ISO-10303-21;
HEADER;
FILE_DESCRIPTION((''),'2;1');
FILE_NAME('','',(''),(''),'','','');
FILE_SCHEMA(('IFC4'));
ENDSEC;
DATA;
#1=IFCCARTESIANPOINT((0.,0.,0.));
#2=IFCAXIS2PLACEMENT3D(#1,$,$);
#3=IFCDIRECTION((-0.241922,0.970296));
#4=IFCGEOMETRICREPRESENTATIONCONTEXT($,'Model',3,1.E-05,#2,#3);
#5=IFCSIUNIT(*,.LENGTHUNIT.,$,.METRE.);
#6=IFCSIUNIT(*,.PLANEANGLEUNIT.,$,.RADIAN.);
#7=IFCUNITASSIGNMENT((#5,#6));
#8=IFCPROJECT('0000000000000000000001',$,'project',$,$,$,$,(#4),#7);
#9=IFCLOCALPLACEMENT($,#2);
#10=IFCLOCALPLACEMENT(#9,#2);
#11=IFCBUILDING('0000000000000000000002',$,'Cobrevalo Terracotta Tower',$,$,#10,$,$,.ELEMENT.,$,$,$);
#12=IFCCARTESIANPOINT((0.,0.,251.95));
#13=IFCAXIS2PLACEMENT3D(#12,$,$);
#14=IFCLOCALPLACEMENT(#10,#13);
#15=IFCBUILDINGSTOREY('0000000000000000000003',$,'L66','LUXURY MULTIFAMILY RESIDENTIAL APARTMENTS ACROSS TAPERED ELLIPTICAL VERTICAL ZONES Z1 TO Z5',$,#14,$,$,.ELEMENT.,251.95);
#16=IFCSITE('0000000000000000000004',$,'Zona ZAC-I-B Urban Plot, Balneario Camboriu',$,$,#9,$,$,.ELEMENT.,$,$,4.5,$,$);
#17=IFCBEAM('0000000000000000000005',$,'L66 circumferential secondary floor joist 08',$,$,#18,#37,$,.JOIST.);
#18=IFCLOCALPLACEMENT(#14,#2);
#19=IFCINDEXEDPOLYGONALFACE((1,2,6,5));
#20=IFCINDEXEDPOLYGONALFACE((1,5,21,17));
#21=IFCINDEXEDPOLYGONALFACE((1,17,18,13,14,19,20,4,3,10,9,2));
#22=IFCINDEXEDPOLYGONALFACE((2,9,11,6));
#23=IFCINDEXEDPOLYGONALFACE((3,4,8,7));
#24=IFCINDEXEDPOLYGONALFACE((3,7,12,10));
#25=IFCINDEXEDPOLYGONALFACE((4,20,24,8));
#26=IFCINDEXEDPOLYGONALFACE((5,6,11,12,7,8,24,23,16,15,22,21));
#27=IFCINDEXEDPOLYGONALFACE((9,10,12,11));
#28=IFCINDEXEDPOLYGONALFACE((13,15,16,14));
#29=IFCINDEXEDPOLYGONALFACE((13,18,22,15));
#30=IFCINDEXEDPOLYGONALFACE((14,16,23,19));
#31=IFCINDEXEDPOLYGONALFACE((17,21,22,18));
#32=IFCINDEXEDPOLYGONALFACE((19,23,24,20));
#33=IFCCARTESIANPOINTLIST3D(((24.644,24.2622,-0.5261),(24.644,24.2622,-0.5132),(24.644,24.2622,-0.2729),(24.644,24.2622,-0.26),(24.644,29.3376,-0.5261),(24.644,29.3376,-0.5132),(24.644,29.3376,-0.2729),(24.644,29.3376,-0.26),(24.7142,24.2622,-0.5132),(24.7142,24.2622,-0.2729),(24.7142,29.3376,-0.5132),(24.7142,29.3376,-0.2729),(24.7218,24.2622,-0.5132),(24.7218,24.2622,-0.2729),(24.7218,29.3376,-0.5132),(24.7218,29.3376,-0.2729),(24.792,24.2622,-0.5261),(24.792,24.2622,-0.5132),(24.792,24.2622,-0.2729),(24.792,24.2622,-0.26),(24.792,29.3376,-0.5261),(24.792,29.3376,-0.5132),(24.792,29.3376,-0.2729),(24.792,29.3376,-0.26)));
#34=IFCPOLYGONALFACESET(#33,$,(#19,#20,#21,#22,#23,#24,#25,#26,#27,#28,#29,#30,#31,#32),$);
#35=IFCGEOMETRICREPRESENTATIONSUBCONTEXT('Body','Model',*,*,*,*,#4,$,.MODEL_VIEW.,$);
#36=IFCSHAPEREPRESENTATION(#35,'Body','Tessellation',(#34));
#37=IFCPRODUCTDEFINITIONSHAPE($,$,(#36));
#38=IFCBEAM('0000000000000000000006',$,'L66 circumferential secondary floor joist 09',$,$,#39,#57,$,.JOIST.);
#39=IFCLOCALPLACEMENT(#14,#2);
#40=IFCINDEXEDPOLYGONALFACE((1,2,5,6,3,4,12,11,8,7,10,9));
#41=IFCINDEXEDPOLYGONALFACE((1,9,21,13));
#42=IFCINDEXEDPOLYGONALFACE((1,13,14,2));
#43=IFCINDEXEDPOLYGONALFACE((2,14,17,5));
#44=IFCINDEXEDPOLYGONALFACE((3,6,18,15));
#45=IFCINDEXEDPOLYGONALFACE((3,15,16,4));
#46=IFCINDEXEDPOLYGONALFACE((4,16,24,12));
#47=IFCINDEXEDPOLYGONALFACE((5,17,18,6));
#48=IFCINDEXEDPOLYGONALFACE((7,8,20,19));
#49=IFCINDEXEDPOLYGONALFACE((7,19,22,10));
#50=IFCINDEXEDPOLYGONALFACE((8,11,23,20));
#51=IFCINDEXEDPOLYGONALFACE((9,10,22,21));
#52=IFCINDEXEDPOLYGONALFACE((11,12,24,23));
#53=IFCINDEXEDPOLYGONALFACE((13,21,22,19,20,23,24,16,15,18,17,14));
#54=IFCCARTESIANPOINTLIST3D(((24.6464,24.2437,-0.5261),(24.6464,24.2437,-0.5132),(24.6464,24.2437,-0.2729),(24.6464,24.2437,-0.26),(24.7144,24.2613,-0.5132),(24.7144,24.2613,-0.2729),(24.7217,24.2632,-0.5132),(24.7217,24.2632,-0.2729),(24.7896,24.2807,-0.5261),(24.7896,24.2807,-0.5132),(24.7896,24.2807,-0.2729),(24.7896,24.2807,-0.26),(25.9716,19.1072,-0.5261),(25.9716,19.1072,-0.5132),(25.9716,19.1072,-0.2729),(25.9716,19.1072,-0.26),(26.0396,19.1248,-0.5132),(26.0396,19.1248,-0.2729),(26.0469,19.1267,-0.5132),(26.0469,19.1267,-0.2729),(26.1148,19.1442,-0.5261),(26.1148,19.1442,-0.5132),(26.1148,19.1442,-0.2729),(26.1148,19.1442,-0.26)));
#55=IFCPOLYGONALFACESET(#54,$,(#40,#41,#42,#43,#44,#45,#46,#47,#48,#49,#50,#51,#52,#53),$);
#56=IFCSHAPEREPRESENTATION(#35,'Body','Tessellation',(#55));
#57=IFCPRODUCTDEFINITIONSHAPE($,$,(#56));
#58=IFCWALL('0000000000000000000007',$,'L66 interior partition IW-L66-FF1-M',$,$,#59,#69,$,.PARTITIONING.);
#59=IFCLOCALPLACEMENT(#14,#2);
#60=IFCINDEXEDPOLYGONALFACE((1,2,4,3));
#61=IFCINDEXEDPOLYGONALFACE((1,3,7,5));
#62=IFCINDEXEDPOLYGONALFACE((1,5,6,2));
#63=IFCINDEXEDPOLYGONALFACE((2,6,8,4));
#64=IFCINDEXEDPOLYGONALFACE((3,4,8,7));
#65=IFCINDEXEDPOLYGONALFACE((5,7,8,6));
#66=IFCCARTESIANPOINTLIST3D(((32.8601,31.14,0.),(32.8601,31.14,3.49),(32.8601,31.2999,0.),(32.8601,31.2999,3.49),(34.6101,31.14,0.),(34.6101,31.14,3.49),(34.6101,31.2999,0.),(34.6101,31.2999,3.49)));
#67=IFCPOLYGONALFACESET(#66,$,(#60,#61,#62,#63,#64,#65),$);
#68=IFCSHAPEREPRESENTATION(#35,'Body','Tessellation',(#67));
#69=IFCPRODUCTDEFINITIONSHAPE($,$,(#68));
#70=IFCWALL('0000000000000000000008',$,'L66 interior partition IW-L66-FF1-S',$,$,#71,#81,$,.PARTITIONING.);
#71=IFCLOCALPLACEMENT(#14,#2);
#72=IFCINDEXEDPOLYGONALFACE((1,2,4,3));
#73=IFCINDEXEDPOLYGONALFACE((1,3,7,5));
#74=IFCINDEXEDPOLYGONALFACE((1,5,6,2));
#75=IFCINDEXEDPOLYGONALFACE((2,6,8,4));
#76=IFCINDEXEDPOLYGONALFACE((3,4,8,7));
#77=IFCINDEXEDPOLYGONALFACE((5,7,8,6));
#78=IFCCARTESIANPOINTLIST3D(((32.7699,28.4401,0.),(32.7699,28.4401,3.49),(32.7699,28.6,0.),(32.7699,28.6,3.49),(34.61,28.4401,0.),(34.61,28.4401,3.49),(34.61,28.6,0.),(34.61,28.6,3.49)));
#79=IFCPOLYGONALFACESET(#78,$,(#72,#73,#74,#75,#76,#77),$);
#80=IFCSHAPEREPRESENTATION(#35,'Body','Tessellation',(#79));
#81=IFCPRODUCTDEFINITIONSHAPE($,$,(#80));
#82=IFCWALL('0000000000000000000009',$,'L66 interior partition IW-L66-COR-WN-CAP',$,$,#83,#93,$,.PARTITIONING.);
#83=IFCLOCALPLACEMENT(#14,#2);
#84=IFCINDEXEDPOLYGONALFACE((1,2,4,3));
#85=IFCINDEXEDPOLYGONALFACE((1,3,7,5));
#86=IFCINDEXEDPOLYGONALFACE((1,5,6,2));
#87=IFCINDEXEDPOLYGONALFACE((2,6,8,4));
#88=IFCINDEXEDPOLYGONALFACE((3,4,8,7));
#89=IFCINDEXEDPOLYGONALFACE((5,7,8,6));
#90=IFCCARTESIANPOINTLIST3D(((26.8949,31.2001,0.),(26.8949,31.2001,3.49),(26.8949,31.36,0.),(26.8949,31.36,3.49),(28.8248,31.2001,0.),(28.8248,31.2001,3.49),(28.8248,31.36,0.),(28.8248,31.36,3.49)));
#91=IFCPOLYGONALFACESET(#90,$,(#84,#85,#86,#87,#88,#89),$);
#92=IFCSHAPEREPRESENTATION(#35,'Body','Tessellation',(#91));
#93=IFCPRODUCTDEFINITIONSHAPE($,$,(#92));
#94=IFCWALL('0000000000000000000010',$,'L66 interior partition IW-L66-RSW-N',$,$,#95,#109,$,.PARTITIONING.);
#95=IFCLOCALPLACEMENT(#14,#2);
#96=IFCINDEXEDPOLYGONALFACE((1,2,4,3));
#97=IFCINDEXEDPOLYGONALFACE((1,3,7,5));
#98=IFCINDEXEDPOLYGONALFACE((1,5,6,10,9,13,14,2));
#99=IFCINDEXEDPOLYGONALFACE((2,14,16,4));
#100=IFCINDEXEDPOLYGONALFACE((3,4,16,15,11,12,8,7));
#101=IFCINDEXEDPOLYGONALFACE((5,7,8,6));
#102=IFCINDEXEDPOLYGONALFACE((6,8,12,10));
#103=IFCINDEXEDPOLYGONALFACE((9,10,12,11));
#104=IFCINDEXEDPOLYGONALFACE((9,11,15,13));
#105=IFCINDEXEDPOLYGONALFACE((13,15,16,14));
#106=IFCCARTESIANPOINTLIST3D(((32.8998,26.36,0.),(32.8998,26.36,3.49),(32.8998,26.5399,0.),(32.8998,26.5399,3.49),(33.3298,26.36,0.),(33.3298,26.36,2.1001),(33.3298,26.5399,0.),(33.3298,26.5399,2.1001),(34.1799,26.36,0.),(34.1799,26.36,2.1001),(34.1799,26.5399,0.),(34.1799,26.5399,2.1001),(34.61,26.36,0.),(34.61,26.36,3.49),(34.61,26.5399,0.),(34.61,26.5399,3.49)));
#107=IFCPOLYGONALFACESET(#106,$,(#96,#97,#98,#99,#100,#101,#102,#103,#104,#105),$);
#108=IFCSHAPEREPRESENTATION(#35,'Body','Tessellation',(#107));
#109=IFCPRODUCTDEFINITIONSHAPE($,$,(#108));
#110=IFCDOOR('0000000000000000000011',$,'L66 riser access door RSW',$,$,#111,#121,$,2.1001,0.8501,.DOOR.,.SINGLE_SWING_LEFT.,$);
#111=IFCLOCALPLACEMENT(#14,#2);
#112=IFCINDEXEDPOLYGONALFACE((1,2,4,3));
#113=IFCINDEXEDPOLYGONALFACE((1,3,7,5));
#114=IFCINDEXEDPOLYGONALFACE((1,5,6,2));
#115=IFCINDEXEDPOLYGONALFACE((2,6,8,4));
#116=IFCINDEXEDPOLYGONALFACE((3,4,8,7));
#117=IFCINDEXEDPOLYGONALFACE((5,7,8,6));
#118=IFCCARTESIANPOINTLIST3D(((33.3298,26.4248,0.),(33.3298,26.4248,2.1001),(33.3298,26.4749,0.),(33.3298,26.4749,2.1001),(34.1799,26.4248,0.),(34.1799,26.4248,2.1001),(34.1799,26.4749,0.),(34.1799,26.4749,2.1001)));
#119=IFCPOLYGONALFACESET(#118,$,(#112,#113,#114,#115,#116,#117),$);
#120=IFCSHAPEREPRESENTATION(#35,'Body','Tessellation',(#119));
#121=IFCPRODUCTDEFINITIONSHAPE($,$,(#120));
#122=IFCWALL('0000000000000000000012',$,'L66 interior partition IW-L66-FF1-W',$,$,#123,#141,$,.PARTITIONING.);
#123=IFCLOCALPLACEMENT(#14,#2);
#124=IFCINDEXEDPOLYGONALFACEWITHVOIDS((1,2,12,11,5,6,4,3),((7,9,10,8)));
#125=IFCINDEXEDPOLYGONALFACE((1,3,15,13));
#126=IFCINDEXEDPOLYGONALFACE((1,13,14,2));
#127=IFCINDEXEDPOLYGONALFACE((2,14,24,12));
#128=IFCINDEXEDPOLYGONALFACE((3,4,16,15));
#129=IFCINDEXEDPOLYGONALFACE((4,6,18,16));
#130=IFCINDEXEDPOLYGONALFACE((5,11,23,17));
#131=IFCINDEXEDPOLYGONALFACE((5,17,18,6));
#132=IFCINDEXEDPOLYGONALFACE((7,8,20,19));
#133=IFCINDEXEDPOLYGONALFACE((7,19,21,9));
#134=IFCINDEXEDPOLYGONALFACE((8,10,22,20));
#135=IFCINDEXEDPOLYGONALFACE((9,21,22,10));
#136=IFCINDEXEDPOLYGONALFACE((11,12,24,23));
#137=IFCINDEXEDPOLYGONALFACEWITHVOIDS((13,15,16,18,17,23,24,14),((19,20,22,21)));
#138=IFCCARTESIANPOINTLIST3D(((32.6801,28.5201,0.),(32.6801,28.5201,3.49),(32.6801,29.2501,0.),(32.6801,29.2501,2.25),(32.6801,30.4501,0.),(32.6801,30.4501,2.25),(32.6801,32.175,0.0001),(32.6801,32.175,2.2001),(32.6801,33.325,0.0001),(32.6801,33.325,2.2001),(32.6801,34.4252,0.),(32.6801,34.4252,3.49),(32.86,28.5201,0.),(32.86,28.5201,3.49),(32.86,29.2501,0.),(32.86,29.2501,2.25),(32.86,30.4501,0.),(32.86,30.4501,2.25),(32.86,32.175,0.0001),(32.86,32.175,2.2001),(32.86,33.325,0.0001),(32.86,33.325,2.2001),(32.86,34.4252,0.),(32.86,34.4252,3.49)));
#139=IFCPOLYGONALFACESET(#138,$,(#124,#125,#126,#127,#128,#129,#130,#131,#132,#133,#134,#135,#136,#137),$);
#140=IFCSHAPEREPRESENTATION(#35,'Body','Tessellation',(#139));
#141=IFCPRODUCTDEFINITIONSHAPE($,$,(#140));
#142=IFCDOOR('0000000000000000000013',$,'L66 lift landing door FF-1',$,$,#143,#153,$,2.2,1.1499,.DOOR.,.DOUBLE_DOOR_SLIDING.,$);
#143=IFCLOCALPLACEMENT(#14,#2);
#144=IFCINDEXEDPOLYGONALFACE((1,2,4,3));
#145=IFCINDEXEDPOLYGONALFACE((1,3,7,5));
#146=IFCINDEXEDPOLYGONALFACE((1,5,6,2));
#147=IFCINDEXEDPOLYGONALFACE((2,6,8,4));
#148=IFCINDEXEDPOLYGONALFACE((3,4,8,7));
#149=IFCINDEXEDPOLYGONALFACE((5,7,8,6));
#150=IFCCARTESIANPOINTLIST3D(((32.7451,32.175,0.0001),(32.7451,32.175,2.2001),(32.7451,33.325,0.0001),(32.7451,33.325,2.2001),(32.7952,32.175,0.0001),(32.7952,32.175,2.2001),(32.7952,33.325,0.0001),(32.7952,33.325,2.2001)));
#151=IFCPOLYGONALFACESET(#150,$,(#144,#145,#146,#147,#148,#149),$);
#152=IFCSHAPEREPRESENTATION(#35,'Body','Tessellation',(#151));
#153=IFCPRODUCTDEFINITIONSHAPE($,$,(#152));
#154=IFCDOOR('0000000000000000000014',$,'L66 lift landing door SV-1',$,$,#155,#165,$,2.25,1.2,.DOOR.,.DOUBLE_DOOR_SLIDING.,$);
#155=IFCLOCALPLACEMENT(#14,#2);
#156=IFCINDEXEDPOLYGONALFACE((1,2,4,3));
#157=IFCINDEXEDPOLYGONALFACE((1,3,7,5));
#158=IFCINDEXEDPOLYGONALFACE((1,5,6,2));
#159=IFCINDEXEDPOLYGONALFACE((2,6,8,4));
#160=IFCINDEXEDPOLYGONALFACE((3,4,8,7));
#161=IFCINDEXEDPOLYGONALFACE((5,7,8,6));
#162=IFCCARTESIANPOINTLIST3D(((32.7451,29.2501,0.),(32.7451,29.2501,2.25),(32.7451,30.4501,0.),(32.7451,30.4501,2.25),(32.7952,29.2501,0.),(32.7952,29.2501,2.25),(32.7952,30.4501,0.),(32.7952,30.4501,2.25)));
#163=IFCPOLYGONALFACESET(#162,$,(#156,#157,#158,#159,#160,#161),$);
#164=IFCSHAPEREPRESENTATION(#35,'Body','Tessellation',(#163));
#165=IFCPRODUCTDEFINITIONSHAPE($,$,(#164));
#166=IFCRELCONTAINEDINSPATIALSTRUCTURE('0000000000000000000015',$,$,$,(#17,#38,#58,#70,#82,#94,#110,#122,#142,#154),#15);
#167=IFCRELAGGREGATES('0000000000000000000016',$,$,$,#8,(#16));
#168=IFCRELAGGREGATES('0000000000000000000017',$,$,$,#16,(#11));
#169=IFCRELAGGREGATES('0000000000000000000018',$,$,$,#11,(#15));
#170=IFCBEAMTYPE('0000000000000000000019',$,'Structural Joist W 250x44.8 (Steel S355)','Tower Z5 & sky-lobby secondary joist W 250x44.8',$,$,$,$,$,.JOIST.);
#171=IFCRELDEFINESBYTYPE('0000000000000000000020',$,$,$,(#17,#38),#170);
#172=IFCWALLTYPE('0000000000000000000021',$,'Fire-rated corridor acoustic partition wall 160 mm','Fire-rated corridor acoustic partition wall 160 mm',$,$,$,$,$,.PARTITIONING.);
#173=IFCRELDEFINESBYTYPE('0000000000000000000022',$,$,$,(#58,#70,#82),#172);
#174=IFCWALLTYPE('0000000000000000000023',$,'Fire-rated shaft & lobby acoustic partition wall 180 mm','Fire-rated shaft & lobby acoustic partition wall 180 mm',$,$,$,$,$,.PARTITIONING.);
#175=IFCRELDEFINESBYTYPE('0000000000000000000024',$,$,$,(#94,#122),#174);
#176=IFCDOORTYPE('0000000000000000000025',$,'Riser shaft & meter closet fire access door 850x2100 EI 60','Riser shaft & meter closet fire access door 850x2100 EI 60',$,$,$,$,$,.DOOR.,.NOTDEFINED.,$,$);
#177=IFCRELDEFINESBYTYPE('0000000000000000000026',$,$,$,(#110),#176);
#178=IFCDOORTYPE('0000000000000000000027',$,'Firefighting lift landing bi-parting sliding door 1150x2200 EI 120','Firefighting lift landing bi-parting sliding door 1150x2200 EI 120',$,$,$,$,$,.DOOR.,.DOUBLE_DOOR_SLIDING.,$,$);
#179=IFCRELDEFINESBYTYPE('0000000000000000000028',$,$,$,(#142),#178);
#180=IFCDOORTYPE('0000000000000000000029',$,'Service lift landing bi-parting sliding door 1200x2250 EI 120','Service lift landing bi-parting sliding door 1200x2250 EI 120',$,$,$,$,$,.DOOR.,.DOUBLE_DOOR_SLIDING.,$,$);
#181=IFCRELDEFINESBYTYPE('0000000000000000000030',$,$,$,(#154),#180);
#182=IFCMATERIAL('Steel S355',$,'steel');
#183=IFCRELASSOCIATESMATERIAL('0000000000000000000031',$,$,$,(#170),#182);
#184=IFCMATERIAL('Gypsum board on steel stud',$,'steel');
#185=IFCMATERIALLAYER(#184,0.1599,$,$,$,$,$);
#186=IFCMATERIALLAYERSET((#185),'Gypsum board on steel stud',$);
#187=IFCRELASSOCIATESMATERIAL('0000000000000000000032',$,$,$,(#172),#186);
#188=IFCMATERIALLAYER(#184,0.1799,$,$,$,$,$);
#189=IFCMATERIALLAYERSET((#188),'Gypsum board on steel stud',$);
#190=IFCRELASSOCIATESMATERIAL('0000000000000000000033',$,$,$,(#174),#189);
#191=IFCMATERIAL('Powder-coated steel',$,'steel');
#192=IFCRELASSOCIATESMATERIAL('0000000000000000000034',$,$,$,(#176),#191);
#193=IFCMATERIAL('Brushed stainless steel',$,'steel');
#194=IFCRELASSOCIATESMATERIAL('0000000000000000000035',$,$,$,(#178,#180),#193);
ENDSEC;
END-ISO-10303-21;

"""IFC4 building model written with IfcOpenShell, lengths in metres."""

from ifc_helpers import new_model, si_unit, direction, frame, frame_2d, origin, origin_2d, place, context, subcontext, project, spatial, rectangle, i_section, extrude, source, transform, mapped, material, layer, layer_set, material_profile, profile_set, type_object, element, fill, save


model = new_model("IFC4")

# Units and contexts
model_context = context("Model", 3, precision=1e-05, world=origin(), true_north=direction((-0.241922, 0.970296)))
body_context = subcontext(model_context, "Body", "Model", "MODEL_VIEW")
ifc_project = project(units=[si_unit("LENGTHUNIT", "METRE"), si_unit("PLANEANGLEUNIT", "RADIAN")], contexts=[model_context])

# Site, building, storey
site_placement = place(None, origin())
site = spatial("IfcSite", under=ifc_project, at=site_placement, Name="Zona ZAC-I-B Urban Plot, Balneario Camboriu", CompositionType="ELEMENT", RefElevation=4.5)
building_placement = place(site_placement, origin())
building = spatial("IfcBuilding", under=site, at=building_placement, Name="Cobrevalo Terracotta Tower", CompositionType="ELEMENT")
storey_placement = place(building_placement, frame((0.0, 0.0, 251.95)))
storey = spatial("IfcBuildingStorey", under=building, at=storey_placement, Name="L66", Description="LUXURY MULTIFAMILY RESIDENTIAL APARTMENTS ACROSS TAPERED ELLIPTICAL VERTICAL ZONES Z1 TO Z5", CompositionType="ELEMENT", Elevation=251.95)

# Beams
ifc_material_1 = material(Name="Steel S355", Category="steel")
ifc_material_profile = material_profile(ifc_material_1, i_section(OverallWidth=0.1479, OverallDepth=0.2661, WebThickness=0.0076, FlangeThickness=0.0129, at=origin_2d()), Name="W 250x44.8")
ifc_profile_set = profile_set([ifc_material_profile], Name="Steel S355")
beam_type = type_object("IfcBeamType", Name="Structural Joist W 250x44.8 (Steel S355)", Description="Tower Z5 & sky-lobby secondary joist W 250x44.8", PredefinedType="JOIST", material=ifc_profile_set)
beam_1_placement = place(storey_placement, frame((24.718, 29.3376, -0.3931), z_axis=(0.0, -1.0, 0.0), x_axis=(1.0, 0.0, 0.0)))
element("IfcBeam", 1, at=beam_1_placement, inside=storey, type_object=beam_type, Name="L66 circumferential secondary floor joist 08", PredefinedType="JOIST", context=body_context, shape_type="SweptSolid", body=[
    extrude(i_section(OverallWidth=0.1479, OverallDepth=0.2661, WebThickness=0.0076, FlangeThickness=0.0129, at=origin_2d()), origin(), (0.0, 0.0, 1.0), 5.0754),
])
beam_2_placement = place(storey_placement, frame((24.718, 24.2622, -0.3931), z_axis=(0.249817, -0.968293, 0.0), x_axis=(0.968293, 0.249817, 0.0)))
element("IfcBeam", 2, at=beam_2_placement, inside=storey, type_object=beam_type, Name="L66 circumferential secondary floor joist 09", PredefinedType="JOIST", context=body_context, shape_type="SweptSolid", body=[
    extrude(i_section(OverallWidth=0.1479, OverallDepth=0.2661, WebThickness=0.0076, FlangeThickness=0.0129, at=origin_2d()), origin(), (0.0, 0.0, 1.0), 5.3047),
])

# Walls
ifc_material_2 = material(Name="Gypsum board on steel stud", Category="steel")
ifc_layer_1 = layer(ifc_material_2, 0.1599)
ifc_layer_set_1 = layer_set([ifc_layer_1], Name="Gypsum board on steel stud")
wall_type_1 = type_object("IfcWallType", Name="Fire-rated corridor acoustic partition wall 160 mm", Description="Fire-rated corridor acoustic partition wall 160 mm", PredefinedType="PARTITIONING", material=ifc_layer_set_1)
wall_1_placement = place(storey_placement, frame((32.8601, 31.22, 0.0), z_axis=(0.0, 0.0, 1.0), x_axis=(1.0, 0.0, 0.0)))
element("IfcWall", 3, at=wall_1_placement, inside=storey, type_object=wall_type_1, Name="L66 interior partition IW-L66-FF1-M", PredefinedType="PARTITIONING", context=body_context, shape_type="SweptSolid", body=[
    extrude(rectangle(XDim=1.75, YDim=0.1599, at=frame_2d((0.875, 0.0))), origin(), (0.0, 0.0, 1.0), 3.49),
])
wall_2_placement = place(storey_placement, frame((32.77, 28.52, 0.0), z_axis=(0.0, 0.0, 1.0), x_axis=(1.0, 0.0, 0.0)))
element("IfcWall", 4, at=wall_2_placement, inside=storey, type_object=wall_type_1, Name="L66 interior partition IW-L66-FF1-S", PredefinedType="PARTITIONING", context=body_context, shape_type="SweptSolid", body=[
    extrude(rectangle(XDim=1.8401, YDim=0.1599, at=frame_2d((0.9199, 0.0))), origin(), (0.0, 0.0, 1.0), 3.49),
])
wall_3_placement = place(storey_placement, frame((26.895, 31.28, 0.0), z_axis=(0.0, 0.0, 1.0), x_axis=(1.0, 0.0, 0.0)))
element("IfcWall", 5, at=wall_3_placement, inside=storey, type_object=wall_type_1, Name="L66 interior partition IW-L66-COR-WN-CAP", PredefinedType="PARTITIONING", context=body_context, shape_type="SweptSolid", body=[
    extrude(rectangle(XDim=1.9299, YDim=0.1599, at=frame_2d((0.9648, 0.0))), origin(), (0.0, 0.0, 1.0), 3.49),
])

# Wall, opening, door
ifc_layer_2 = layer(ifc_material_2, 0.1799)
ifc_layer_set_2 = layer_set([ifc_layer_2], Name="Gypsum board on steel stud")
wall_type_2 = type_object("IfcWallType", Name="Fire-rated shaft & lobby acoustic partition wall 180 mm", Description="Fire-rated shaft & lobby acoustic partition wall 180 mm", PredefinedType="PARTITIONING", material=ifc_layer_set_2)
wall_4_placement = place(storey_placement, frame((32.8999, 26.45, 0.0), z_axis=(0.0, 0.0, 1.0), x_axis=(1.0, 0.0, 0.0)))
wall_4 = element("IfcWall", 6, at=wall_4_placement, inside=storey, type_object=wall_type_2, Name="L66 interior partition IW-L66-RSW-N", PredefinedType="PARTITIONING", context=body_context, shape_type="SweptSolid", body=[
    extrude(rectangle(XDim=1.7102, YDim=0.1799, at=frame_2d((0.855, 0.0))), origin(), (0.0, 0.0, 1.0), 3.49),
])
opening_1_placement = place(wall_4_placement, frame((0.4299, 0.0, 0.0)))
opening_1 = element("IfcOpeningElement", 7, at=opening_1_placement, cuts=wall_4, PredefinedType="OPENING", context=body_context, shape_type="SweptSolid", body=[
    extrude(rectangle(XDim=0.8501, YDim=2.1001, at=frame_2d((0.425, 1.05))), frame((0.0, 0.1001, 0.0), z_axis=(0.0, -1.0, 0.0), x_axis=(1.0, 0.0, 0.0)), (0.0, 0.0, 1.0), 0.2),
])
ifc_material_3 = material(Name="Powder-coated steel", Category="steel")
door_type_1 = type_object("IfcDoorType", Name="Riser shaft & meter closet fire access door 850x2100 EI 60", Description="Riser shaft & meter closet fire access door 850x2100 EI 60", OperationType="NOTDEFINED", PredefinedType="DOOR", material=ifc_material_3)
shared_shape_1 = source(origin(), body_context, "Body", "SweptSolid", [
    extrude(rectangle(XDim=0.8501, YDim=2.1001, at=frame_2d((0.425, 1.05))), frame((0.0, 0.0249, 0.0), z_axis=(0.0, -1.0, 0.0), x_axis=(1.0, 0.0, 0.0)), (0.0, 0.0, 1.0), 0.05),
])
door_1_placement = place(opening_1_placement, origin())
door_1 = element("IfcDoor", 8, at=door_1_placement, inside=storey, type_object=door_type_1, Name="L66 riser access door RSW", OperationType="SINGLE_SWING_LEFT", OverallHeight=2.1001, OverallWidth=0.8501, PredefinedType="DOOR", context=body_context, shape_type="MappedRepresentation", body=[
    mapped(shared_shape_1, transform((0.0, 0.0, 0.0), scale=1.0)),
])
fill(opening_1, door_1)

# Wall, openings, doors
wall_5_placement = place(storey_placement, frame((32.77, 28.52, 0.0), z_axis=(0.0, 0.0, 1.0), x_axis=(0.0, 1.0, 0.0)))
wall_5 = element("IfcWall", 9, at=wall_5_placement, inside=storey, type_object=wall_type_2, Name="L66 interior partition IW-L66-FF1-W", PredefinedType="PARTITIONING", context=body_context, shape_type="SweptSolid", body=[
    extrude(rectangle(XDim=5.905, YDim=0.1799, at=frame_2d((2.9526, 0.0))), origin(), (0.0, 0.0, 1.0), 3.49),
])
opening_2_placement = place(wall_5_placement, frame((3.655, 0.0, 0.0)))
opening_2 = element("IfcOpeningElement", 10, at=opening_2_placement, cuts=wall_5, PredefinedType="OPENING", context=body_context, shape_type="SweptSolid", body=[
    extrude(rectangle(XDim=1.1499, YDim=2.2, at=frame_2d((0.575, 1.1001))), frame((0.0, 0.1001, 0.0), z_axis=(0.0, -1.0, 0.0), x_axis=(1.0, 0.0, 0.0)), (0.0, 0.0, 1.0), 0.2),
])
opening_3_placement = place(wall_5_placement, frame((0.73, 0.0, 0.0)))
opening_3 = element("IfcOpeningElement", 11, at=opening_3_placement, cuts=wall_5, PredefinedType="OPENING", context=body_context, shape_type="SweptSolid", body=[
    extrude(rectangle(XDim=1.2, YDim=2.25, at=frame_2d((0.6001, 1.125))), frame((0.0, 0.1001, 0.0), z_axis=(0.0, -1.0, 0.0), x_axis=(1.0, 0.0, 0.0)), (0.0, 0.0, 1.0), 0.2),
])
ifc_material_4 = material(Name="Brushed stainless steel", Category="steel")
door_type_2 = type_object("IfcDoorType", Name="Firefighting lift landing bi-parting sliding door 1150x2200 EI 120", Description="Firefighting lift landing bi-parting sliding door 1150x2200 EI 120", OperationType="DOUBLE_DOOR_SLIDING", PredefinedType="DOOR", material=ifc_material_4)
shared_shape_2 = source(origin(), body_context, "Body", "SweptSolid", [
    extrude(rectangle(XDim=1.1499, YDim=2.2, at=frame_2d((0.575, 1.1001))), frame((0.0, 0.0249, 0.0), z_axis=(0.0, -1.0, 0.0), x_axis=(1.0, 0.0, 0.0)), (0.0, 0.0, 1.0), 0.05),
])
door_2_placement = place(opening_2_placement, origin())
door_2 = element("IfcDoor", 12, at=door_2_placement, inside=storey, type_object=door_type_2, Name="L66 lift landing door FF-1", OperationType="DOUBLE_DOOR_SLIDING", OverallHeight=2.2, OverallWidth=1.1499, PredefinedType="DOOR", context=body_context, shape_type="MappedRepresentation", body=[
    mapped(shared_shape_2, transform((0.0, 0.0, 0.0), scale=1.0)),
])
fill(opening_2, door_2)
door_type_3 = type_object("IfcDoorType", Name="Service lift landing bi-parting sliding door 1200x2250 EI 120", Description="Service lift landing bi-parting sliding door 1200x2250 EI 120", OperationType="DOUBLE_DOOR_SLIDING", PredefinedType="DOOR", material=ifc_material_4)
shared_shape_3 = source(origin(), body_context, "Body", "SweptSolid", [
    extrude(rectangle(XDim=1.2, YDim=2.25, at=frame_2d((0.6001, 1.125))), frame((0.0, 0.0249, 0.0), z_axis=(0.0, -1.0, 0.0), x_axis=(1.0, 0.0, 0.0)), (0.0, 0.0, 1.0), 0.05),
])
door_3_placement = place(opening_3_placement, origin())
door_3 = element("IfcDoor", 13, at=door_3_placement, inside=storey, type_object=door_type_3, Name="L66 lift landing door SV-1", OperationType="DOUBLE_DOOR_SLIDING", OverallHeight=2.25, OverallWidth=1.2, PredefinedType="DOOR", context=body_context, shape_type="MappedRepresentation", body=[
    mapped(shared_shape_3, transform((0.0, 0.0, 0.0), scale=1.0)),
])
fill(opening_3, door_3)

save(model, "model.ifc")
